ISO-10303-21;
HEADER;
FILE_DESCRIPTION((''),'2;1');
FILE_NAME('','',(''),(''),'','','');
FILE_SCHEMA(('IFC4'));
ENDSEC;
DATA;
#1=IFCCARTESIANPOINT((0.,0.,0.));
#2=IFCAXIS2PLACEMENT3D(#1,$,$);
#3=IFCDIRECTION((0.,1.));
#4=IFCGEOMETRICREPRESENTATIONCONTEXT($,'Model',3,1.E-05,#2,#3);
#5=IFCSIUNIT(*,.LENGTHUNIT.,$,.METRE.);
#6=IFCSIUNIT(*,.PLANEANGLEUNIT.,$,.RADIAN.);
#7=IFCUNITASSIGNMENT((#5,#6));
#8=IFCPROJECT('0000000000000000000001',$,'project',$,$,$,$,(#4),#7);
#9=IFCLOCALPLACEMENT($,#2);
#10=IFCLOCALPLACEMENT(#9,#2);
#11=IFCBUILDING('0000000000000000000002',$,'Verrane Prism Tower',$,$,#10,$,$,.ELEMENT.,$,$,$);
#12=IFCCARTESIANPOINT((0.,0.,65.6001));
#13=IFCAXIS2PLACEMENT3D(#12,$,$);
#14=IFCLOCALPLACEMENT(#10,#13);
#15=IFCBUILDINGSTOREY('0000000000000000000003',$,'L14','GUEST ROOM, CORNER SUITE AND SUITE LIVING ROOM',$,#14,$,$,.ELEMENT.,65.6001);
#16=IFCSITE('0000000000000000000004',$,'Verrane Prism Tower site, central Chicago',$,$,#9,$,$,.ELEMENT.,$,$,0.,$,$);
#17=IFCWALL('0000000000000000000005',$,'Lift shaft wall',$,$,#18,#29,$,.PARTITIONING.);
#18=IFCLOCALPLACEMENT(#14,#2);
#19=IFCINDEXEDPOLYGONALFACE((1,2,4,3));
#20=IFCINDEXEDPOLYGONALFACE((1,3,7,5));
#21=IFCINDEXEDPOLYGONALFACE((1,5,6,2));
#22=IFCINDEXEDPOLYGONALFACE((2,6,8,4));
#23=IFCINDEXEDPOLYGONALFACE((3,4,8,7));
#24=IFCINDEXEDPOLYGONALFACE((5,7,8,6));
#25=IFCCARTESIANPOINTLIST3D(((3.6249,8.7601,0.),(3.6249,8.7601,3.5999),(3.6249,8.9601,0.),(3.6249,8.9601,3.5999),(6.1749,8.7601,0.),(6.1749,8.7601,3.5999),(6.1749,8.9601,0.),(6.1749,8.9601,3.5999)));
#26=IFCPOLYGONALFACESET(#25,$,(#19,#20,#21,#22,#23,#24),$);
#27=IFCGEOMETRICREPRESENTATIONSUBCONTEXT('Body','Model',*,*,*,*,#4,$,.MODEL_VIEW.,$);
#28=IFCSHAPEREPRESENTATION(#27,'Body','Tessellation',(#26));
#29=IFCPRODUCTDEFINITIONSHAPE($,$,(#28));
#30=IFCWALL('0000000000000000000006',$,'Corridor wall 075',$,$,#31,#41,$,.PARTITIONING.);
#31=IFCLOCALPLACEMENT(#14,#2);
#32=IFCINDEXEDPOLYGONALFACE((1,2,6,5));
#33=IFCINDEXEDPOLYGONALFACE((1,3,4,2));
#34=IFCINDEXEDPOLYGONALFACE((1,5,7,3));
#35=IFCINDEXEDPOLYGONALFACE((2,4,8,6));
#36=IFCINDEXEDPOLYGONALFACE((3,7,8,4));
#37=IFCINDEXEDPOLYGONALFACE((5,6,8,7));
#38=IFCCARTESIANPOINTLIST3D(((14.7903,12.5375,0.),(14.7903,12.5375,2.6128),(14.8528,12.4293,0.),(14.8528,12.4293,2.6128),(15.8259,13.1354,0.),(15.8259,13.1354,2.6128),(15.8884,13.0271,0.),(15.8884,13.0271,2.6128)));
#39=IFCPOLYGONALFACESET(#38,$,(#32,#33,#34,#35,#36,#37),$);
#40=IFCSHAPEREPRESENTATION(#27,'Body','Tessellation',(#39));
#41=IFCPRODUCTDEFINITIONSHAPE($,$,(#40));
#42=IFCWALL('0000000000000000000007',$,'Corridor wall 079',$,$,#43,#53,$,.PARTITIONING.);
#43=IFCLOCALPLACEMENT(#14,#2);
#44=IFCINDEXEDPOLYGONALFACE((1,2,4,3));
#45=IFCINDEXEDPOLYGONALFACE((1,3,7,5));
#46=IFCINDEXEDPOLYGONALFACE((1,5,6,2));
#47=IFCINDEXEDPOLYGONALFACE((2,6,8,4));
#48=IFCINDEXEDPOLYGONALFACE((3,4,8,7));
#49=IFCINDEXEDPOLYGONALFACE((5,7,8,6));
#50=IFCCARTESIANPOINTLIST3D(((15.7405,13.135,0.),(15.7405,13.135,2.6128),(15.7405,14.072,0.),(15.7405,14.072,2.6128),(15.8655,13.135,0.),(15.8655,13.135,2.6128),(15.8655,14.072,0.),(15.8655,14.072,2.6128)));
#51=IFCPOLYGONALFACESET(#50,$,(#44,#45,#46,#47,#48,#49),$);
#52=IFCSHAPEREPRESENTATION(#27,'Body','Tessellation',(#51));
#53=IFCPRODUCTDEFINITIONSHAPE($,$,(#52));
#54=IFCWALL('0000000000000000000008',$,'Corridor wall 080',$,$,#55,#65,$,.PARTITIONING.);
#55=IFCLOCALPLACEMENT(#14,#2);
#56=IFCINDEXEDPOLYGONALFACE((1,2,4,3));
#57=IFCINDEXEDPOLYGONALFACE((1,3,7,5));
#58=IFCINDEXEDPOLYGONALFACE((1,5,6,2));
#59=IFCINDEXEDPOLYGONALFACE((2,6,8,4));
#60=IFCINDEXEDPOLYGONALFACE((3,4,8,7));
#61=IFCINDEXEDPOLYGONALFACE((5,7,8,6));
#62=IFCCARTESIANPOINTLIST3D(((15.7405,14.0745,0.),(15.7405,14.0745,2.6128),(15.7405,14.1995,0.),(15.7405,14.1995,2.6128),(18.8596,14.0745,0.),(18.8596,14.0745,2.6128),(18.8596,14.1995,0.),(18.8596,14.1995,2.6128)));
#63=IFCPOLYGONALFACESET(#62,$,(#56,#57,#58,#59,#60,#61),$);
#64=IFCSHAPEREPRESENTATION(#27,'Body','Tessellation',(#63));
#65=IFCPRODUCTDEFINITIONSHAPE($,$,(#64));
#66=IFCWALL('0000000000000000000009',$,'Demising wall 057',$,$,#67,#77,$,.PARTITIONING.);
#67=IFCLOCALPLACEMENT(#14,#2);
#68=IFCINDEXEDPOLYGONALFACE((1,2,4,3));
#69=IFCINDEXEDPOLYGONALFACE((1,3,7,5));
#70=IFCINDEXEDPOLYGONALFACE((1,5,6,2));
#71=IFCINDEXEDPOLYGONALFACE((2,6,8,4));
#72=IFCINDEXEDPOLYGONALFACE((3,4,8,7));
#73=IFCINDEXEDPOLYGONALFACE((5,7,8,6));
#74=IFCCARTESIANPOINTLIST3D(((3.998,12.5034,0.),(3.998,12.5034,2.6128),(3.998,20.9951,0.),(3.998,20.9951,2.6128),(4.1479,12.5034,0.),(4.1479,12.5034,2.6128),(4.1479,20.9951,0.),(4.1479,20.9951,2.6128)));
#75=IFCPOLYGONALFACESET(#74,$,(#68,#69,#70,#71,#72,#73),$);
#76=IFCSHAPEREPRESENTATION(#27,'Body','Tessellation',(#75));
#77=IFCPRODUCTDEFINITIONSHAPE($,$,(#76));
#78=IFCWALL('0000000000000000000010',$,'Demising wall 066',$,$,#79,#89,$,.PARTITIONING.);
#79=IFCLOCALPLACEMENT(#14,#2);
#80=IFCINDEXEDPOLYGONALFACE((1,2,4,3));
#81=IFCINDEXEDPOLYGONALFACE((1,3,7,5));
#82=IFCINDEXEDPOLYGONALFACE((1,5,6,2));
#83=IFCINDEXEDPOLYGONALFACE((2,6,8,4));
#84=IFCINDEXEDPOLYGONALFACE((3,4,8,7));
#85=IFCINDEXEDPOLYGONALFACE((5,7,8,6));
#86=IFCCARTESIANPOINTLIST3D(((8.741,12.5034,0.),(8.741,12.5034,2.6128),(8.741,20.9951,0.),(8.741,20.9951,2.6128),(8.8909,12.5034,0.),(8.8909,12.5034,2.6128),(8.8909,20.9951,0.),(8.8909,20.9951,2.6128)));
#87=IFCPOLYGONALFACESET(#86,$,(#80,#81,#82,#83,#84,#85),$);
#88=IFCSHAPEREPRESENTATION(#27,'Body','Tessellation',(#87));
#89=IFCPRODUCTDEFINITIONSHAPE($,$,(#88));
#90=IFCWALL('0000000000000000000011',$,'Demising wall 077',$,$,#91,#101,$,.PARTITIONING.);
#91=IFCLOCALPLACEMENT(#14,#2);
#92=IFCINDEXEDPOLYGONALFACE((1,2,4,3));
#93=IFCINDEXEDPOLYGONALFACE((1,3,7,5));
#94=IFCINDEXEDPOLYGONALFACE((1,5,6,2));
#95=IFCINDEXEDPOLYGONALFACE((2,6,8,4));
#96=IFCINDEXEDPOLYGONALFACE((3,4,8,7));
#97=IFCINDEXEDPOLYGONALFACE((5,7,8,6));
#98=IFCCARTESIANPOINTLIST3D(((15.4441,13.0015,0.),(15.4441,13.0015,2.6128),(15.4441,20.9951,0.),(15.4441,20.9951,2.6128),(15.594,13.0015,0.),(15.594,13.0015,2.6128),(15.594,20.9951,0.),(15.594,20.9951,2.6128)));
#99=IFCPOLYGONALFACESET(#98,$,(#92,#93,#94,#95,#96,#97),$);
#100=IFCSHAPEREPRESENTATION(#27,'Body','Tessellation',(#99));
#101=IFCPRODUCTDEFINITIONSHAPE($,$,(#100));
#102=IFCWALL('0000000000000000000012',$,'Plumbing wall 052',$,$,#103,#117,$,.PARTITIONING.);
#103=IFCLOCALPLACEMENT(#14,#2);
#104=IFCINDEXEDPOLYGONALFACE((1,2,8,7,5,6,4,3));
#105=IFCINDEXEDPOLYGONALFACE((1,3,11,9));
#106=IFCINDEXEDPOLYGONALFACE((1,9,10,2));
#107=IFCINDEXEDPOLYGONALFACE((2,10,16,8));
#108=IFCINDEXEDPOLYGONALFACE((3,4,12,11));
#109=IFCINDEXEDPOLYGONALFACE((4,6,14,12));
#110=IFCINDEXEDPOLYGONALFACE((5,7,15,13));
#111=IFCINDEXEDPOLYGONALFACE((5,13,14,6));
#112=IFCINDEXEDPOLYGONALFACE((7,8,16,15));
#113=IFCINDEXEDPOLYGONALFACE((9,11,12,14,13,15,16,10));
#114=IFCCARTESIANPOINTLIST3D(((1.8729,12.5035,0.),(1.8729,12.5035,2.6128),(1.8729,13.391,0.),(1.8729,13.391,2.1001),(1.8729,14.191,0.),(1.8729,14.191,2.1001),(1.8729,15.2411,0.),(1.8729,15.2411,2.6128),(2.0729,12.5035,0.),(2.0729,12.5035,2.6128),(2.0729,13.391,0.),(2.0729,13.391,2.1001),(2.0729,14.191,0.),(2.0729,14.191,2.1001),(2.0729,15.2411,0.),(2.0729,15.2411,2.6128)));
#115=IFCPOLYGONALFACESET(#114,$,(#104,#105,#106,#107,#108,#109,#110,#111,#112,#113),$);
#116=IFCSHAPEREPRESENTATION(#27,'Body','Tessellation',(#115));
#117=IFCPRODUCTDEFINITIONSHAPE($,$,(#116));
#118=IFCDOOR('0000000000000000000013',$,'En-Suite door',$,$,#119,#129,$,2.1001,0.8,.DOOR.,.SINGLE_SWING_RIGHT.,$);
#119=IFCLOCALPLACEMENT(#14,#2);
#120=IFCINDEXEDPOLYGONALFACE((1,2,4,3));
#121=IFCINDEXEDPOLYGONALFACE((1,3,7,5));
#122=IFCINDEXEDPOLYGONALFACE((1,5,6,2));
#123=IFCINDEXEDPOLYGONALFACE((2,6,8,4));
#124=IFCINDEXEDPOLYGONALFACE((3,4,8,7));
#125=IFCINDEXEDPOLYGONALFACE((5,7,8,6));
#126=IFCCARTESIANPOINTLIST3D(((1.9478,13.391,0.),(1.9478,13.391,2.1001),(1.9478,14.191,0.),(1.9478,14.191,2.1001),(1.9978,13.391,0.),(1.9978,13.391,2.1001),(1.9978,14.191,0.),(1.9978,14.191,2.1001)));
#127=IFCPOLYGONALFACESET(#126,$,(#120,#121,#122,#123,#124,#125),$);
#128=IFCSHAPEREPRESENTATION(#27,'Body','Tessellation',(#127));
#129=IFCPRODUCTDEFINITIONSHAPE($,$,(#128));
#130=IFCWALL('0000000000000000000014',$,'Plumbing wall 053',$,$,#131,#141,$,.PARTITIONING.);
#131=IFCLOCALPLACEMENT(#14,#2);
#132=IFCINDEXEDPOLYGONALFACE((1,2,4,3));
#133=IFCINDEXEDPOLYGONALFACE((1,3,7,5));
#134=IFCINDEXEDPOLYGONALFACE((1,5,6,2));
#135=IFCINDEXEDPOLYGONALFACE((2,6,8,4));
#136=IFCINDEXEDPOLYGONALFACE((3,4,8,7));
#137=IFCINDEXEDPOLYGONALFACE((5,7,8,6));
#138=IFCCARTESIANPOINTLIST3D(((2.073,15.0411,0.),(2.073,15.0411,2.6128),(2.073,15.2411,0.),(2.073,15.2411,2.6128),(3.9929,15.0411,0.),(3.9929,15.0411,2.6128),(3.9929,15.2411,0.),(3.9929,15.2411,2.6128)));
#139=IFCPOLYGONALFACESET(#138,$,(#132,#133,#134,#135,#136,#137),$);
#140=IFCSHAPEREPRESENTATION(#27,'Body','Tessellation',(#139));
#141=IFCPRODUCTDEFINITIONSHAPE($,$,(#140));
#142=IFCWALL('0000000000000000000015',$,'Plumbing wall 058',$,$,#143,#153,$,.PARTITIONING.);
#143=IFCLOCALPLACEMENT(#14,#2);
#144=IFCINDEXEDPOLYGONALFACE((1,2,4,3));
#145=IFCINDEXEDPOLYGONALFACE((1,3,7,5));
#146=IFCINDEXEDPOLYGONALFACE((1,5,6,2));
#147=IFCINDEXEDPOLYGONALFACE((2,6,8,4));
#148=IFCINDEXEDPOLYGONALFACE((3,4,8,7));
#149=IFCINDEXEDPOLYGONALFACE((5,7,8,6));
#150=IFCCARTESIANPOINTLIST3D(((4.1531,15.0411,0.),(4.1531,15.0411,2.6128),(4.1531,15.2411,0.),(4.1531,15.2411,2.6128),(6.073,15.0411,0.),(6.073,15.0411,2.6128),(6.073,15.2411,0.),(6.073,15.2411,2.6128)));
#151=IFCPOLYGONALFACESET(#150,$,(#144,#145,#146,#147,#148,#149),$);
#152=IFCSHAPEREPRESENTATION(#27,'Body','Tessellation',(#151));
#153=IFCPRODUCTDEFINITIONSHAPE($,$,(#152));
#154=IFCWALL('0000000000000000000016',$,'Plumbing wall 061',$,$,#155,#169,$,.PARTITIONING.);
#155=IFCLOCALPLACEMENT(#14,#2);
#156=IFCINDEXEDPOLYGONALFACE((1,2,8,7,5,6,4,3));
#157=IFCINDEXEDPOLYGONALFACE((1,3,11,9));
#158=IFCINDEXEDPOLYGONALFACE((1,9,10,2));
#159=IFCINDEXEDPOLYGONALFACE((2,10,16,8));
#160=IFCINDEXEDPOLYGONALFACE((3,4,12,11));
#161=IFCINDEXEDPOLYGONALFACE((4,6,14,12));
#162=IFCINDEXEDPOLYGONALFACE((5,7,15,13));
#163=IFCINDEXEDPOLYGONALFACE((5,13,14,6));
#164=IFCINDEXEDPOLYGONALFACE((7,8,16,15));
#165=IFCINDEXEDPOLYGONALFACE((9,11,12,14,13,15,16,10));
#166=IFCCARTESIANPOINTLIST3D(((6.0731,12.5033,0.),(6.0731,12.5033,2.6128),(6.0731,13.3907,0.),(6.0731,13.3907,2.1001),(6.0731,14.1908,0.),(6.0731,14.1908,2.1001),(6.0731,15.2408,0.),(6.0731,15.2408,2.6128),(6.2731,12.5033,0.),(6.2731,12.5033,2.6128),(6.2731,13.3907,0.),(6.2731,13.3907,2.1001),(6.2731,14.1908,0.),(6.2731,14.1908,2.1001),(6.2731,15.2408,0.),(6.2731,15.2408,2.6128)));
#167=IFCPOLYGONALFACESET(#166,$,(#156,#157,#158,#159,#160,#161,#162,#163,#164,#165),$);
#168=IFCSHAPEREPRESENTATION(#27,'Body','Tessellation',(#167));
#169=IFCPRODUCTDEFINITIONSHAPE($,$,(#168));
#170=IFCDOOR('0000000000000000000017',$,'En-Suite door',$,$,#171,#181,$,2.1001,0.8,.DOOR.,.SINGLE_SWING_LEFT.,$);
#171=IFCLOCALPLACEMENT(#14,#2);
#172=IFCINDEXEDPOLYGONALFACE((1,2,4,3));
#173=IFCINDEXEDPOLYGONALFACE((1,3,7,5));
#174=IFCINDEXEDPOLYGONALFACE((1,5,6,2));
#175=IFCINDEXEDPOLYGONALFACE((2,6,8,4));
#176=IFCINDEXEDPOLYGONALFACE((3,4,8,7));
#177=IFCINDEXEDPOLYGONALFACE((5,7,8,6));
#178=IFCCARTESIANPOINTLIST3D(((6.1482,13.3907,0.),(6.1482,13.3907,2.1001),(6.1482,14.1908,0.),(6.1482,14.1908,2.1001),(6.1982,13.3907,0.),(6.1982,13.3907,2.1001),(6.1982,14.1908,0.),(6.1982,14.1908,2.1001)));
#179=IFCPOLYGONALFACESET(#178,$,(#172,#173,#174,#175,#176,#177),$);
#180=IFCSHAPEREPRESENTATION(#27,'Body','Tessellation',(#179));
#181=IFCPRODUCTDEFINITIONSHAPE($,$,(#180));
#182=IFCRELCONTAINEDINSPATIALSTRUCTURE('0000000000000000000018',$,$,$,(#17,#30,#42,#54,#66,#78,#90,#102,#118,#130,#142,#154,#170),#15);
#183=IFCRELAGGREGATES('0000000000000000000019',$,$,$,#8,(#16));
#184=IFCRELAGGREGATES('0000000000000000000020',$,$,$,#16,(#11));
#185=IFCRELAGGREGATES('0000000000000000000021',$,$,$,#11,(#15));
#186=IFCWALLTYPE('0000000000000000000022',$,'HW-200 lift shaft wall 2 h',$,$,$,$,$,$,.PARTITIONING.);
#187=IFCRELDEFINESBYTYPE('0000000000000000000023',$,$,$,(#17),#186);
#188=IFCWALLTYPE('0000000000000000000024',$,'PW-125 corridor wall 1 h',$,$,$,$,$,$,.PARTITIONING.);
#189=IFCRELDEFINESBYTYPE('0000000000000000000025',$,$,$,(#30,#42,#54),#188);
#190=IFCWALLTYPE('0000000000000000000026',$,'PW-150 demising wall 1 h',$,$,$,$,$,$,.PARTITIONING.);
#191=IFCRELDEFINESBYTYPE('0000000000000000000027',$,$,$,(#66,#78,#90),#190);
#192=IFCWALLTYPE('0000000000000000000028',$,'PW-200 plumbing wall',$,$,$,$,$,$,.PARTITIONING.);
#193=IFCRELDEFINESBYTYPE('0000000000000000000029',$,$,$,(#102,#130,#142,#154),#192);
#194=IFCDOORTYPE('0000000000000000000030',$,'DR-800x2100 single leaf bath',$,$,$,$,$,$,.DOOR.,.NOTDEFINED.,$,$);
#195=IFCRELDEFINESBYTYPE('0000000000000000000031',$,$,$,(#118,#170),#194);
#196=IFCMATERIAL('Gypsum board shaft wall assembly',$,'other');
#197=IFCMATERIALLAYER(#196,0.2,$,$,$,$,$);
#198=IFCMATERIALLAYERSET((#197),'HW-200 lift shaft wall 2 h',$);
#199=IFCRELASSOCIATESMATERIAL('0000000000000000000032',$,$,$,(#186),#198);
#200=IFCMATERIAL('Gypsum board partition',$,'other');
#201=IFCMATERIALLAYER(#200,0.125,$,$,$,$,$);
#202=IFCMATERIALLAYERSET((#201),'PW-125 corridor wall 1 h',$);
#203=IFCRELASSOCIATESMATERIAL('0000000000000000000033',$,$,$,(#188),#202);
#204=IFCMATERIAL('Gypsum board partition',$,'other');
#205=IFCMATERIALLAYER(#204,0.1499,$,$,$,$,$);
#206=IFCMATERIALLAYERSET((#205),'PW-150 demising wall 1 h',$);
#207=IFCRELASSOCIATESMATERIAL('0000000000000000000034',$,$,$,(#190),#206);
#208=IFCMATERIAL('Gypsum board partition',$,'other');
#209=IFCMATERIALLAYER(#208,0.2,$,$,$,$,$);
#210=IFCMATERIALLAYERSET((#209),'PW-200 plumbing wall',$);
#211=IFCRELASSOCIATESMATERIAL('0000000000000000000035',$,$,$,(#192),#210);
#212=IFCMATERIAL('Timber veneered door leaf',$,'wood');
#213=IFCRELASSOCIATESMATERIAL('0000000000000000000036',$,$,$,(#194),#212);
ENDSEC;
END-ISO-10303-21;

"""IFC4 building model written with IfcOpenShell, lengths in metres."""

from ifc_helpers import new_model, si_unit, direction, frame, frame_2d, origin, place, context, subcontext, project, spatial, rectangle, extrude, material, layer, layer_set, type_object, element, fill, save


model = new_model("IFC4")

# Units and contexts
model_context = context("Model", 3, precision=1e-05, world=origin(), true_north=direction((0.0, 1.0)))
body_context = subcontext(model_context, "Body", "Model", "MODEL_VIEW")
ifc_project = project(units=[si_unit("LENGTHUNIT", "METRE"), si_unit("PLANEANGLEUNIT", "RADIAN")], contexts=[model_context])

# Site, building, storey
site_placement = place(None, origin())
site = spatial("IfcSite", under=ifc_project, at=site_placement, Name="Verrane Prism Tower site, central Chicago", CompositionType="ELEMENT", RefElevation=0.0)
building_placement = place(site_placement, origin())
building = spatial("IfcBuilding", under=site, at=building_placement, Name="Verrane Prism Tower", CompositionType="ELEMENT")
storey_placement = place(building_placement, frame((0.0, 0.0, 65.6001)))
storey = spatial("IfcBuildingStorey", under=building, at=storey_placement, Name="L14", Description="GUEST ROOM, CORNER SUITE AND SUITE LIVING ROOM", CompositionType="ELEMENT", Elevation=65.6001)

# Walls
ifc_material_1 = material(Name="Gypsum board shaft wall assembly", Category="other")
ifc_layer_1 = layer(ifc_material_1, 0.2)
ifc_layer_set_1 = layer_set([ifc_layer_1], Name="HW-200 lift shaft wall 2 h")
wall_type_1 = type_object("IfcWallType", Name="HW-200 lift shaft wall 2 h", PredefinedType="PARTITIONING", material=ifc_layer_set_1)
wall_1_placement = place(storey_placement, frame((3.625, 8.8601, 0.0), z_axis=(0.0, 0.0, 1.0), x_axis=(1.0, 0.0, 0.0)))
element("IfcWall", 1, at=wall_1_placement, inside=storey, type_object=wall_type_1, Name="Lift shaft wall", PredefinedType="PARTITIONING", context=body_context, shape_type="SweptSolid", body=[
    extrude(rectangle(XDim=2.55, YDim=0.2, at=frame_2d((1.2749, 0.0))), origin(), (0.0, 0.0, 1.0), 3.5999),
])
ifc_material_2 = material(Name="Gypsum board partition", Category="other")
ifc_layer_2 = layer(ifc_material_2, 0.125)
ifc_layer_set_2 = layer_set([ifc_layer_2], Name="PW-125 corridor wall 1 h")
wall_type_2 = type_object("IfcWallType", Name="PW-125 corridor wall 1 h", PredefinedType="PARTITIONING", material=ifc_layer_set_2)
wall_2_placement = place(storey_placement, frame((14.8215, 12.4834, 0.0), z_axis=(0.0, 0.0, 1.0), x_axis=(0.866036, 0.499982, 0.0)))
element("IfcWall", 2, at=wall_2_placement, inside=storey, type_object=wall_type_2, Name="Corridor wall 075", PredefinedType="PARTITIONING", context=body_context, shape_type="SweptSolid", body=[
    extrude(rectangle(XDim=1.1958, YDim=0.125, at=frame_2d((0.5979, 0.0))), origin(), (0.0, 0.0, 1.0), 2.6128),
])
wall_3_placement = place(storey_placement, frame((15.803, 13.135, 0.0), z_axis=(0.0, 0.0, 1.0), x_axis=(0.0, 1.0, 0.0)))
element("IfcWall", 3, at=wall_3_placement, inside=storey, type_object=wall_type_2, Name="Corridor wall 079", PredefinedType="PARTITIONING", context=body_context, shape_type="SweptSolid", body=[
    extrude(rectangle(XDim=0.937, YDim=0.125, at=frame_2d((0.4685, 0.0))), origin(), (0.0, 0.0, 1.0), 2.6128),
])
wall_4_placement = place(storey_placement, frame((15.7405, 14.137, 0.0), z_axis=(0.0, 0.0, 1.0), x_axis=(1.0, 0.0, 0.0)))
element("IfcWall", 4, at=wall_4_placement, inside=storey, type_object=wall_type_2, Name="Corridor wall 080", PredefinedType="PARTITIONING", context=body_context, shape_type="SweptSolid", body=[
    extrude(rectangle(XDim=3.1191, YDim=0.125, at=frame_2d((1.5596, 0.0))), origin(), (0.0, 0.0, 1.0), 2.6128),
])
ifc_material_3 = material(Name="Gypsum board partition", Category="other")
ifc_layer_3 = layer(ifc_material_3, 0.1499)
ifc_layer_set_3 = layer_set([ifc_layer_3], Name="PW-150 demising wall 1 h")
wall_type_3 = type_object("IfcWallType", Name="PW-150 demising wall 1 h", PredefinedType="PARTITIONING", material=ifc_layer_set_3)
for number, where, z_axis, x_axis, name in (
    (5, (4.073, 12.5034, 0.0), (0.0, 0.0, 1.0), (0.0, 1.0, 0.0), "Demising wall 057"),
    (6, (8.8159, 12.5034, 0.0), (0.0, 0.0, 1.0), (0.0, 1.0, 0.0), "Demising wall 066"),
):
    element("IfcWall", number, at=place(storey_placement, frame(where, z_axis=z_axis, x_axis=x_axis)), inside=storey, type_object=wall_type_3, Name=name, PredefinedType="PARTITIONING", context=body_context, shape_type="SweptSolid", body=[
        extrude(rectangle(XDim=8.4917, YDim=0.1499, at=frame_2d((4.2458, 0.0))), origin(), (0.0, 0.0, 1.0), 2.6128),
    ])
wall_5_placement = place(storey_placement, frame((15.519, 13.0015, 0.0), z_axis=(0.0, 0.0, 1.0), x_axis=(0.0, 1.0, 0.0)))
element("IfcWall", 7, at=wall_5_placement, inside=storey, type_object=wall_type_3, Name="Demising wall 077", PredefinedType="PARTITIONING", context=body_context, shape_type="SweptSolid", body=[
    extrude(rectangle(XDim=7.9937, YDim=0.1499, at=frame_2d((3.9968, 0.0))), origin(), (0.0, 0.0, 1.0), 2.6128),
])

# Wall, opening, door
ifc_material_4 = material(Name="Gypsum board partition", Category="other")
ifc_layer_4 = layer(ifc_material_4, 0.2)
ifc_layer_set_4 = layer_set([ifc_layer_4], Name="PW-200 plumbing wall")
wall_type_4 = type_object("IfcWallType", Name="PW-200 plumbing wall", PredefinedType="PARTITIONING", material=ifc_layer_set_4)
wall_6_placement = place(storey_placement, frame((1.9729, 15.241, 0.0), z_axis=(0.0, 0.0, 1.0), x_axis=(0.0, -1.0, 0.0)))
wall_6 = element("IfcWall", 8, at=wall_6_placement, inside=storey, type_object=wall_type_4, Name="Plumbing wall 052", PredefinedType="PARTITIONING", context=body_context, shape_type="SweptSolid", body=[
    extrude(rectangle(XDim=2.7375, YDim=0.2, at=frame_2d((1.3687, 0.0))), origin(), (0.0, 0.0, 1.0), 2.6128),
])
opening_1_placement = place(wall_6_placement, frame((1.05, 0.0, 0.0)))
opening_1 = element("IfcOpeningElement", 9, at=opening_1_placement, cuts=wall_6, PredefinedType="OPENING", context=body_context, shape_type="SweptSolid", body=[
    extrude(rectangle(XDim=0.8, YDim=2.1001, at=frame_2d((0.3999, 1.05))), frame((0.0, 0.1099, 0.0), z_axis=(0.0, -1.0, 0.0), x_axis=(1.0, 0.0, 0.0)), (0.0, 0.0, 1.0), 0.22),
])
ifc_material_5 = material(Name="Timber veneered door leaf", Category="wood")
door_type = type_object("IfcDoorType", Name="DR-800x2100 single leaf bath", OperationType="NOTDEFINED", PredefinedType="DOOR", material=ifc_material_5)
door_1_placement = place(opening_1_placement, origin())
door_1 = element("IfcDoor", 10, at=door_1_placement, inside=storey, type_object=door_type, Name="En-Suite door", OperationType="SINGLE_SWING_RIGHT", OverallHeight=2.1001, OverallWidth=0.8, PredefinedType="DOOR", context=body_context, shape_type="SweptSolid", body=[
    extrude(rectangle(XDim=0.8, YDim=2.1001, at=frame_2d((0.3999, 1.05))), frame((0.0, 0.0249, 0.0), z_axis=(0.0, -1.0, 0.0), x_axis=(1.0, 0.0, 0.0)), (0.0, 0.0, 1.0), 0.05),
])
fill(opening_1, door_1)

# Walls
for number, where, z_axis, x_axis, name in (
    (11, (2.073, 15.1411, 0.0), (0.0, 0.0, 1.0), (1.0, 0.0, 0.0), "Plumbing wall 053"),
    (12, (4.1531, 15.1411, 0.0), (0.0, 0.0, 1.0), (1.0, 0.0, 0.0), "Plumbing wall 058"),
):
    element("IfcWall", number, at=place(storey_placement, frame(where, z_axis=z_axis, x_axis=x_axis)), inside=storey, type_object=wall_type_4, Name=name, PredefinedType="PARTITIONING", context=body_context, shape_type="SweptSolid", body=[
        extrude(rectangle(XDim=1.9199, YDim=0.2, at=frame_2d((0.96, 0.0))), origin(), (0.0, 0.0, 1.0), 2.6128),
    ])

# Wall, opening, door
wall_7_placement = place(storey_placement, frame((6.1731, 12.5034, 0.0), z_axis=(0.0, 0.0, 1.0), x_axis=(0.0, 1.0, 0.0)))
wall_7 = element("IfcWall", 13, at=wall_7_placement, inside=storey, type_object=wall_type_4, Name="Plumbing wall 061", PredefinedType="PARTITIONING", context=body_context, shape_type="SweptSolid", body=[
    extrude(rectangle(XDim=2.7375, YDim=0.2, at=frame_2d((1.3687, 0.0))), origin(), (0.0, 0.0, 1.0), 2.6128),
])
opening_2_placement = place(wall_7_placement, frame((0.8875, 0.0, 0.0)))
opening_2 = element("IfcOpeningElement", 14, at=opening_2_placement, cuts=wall_7, PredefinedType="OPENING", context=body_context, shape_type="SweptSolid", body=[
    extrude(rectangle(XDim=0.8, YDim=2.1001, at=frame_2d((0.3999, 1.05))), frame((0.0, 0.1099, 0.0), z_axis=(0.0, -1.0, 0.0), x_axis=(1.0, 0.0, 0.0)), (0.0, 0.0, 1.0), 0.22),
])
door_2_placement = place(opening_2_placement, origin())
door_2 = element("IfcDoor", 15, at=door_2_placement, inside=storey, type_object=door_type, Name="En-Suite door", OperationType="SINGLE_SWING_LEFT", OverallHeight=2.1001, OverallWidth=0.8, PredefinedType="DOOR", context=body_context, shape_type="SweptSolid", body=[
    extrude(rectangle(XDim=0.8, YDim=2.1001, at=frame_2d((0.3999, 1.05))), frame((0.0, 0.0249, 0.0), z_axis=(0.0, -1.0, 0.0), x_axis=(1.0, 0.0, 0.0)), (0.0, 0.0, 1.0), 0.05),
])
fill(opening_2, door_2)

save(model, "model.ifc")
